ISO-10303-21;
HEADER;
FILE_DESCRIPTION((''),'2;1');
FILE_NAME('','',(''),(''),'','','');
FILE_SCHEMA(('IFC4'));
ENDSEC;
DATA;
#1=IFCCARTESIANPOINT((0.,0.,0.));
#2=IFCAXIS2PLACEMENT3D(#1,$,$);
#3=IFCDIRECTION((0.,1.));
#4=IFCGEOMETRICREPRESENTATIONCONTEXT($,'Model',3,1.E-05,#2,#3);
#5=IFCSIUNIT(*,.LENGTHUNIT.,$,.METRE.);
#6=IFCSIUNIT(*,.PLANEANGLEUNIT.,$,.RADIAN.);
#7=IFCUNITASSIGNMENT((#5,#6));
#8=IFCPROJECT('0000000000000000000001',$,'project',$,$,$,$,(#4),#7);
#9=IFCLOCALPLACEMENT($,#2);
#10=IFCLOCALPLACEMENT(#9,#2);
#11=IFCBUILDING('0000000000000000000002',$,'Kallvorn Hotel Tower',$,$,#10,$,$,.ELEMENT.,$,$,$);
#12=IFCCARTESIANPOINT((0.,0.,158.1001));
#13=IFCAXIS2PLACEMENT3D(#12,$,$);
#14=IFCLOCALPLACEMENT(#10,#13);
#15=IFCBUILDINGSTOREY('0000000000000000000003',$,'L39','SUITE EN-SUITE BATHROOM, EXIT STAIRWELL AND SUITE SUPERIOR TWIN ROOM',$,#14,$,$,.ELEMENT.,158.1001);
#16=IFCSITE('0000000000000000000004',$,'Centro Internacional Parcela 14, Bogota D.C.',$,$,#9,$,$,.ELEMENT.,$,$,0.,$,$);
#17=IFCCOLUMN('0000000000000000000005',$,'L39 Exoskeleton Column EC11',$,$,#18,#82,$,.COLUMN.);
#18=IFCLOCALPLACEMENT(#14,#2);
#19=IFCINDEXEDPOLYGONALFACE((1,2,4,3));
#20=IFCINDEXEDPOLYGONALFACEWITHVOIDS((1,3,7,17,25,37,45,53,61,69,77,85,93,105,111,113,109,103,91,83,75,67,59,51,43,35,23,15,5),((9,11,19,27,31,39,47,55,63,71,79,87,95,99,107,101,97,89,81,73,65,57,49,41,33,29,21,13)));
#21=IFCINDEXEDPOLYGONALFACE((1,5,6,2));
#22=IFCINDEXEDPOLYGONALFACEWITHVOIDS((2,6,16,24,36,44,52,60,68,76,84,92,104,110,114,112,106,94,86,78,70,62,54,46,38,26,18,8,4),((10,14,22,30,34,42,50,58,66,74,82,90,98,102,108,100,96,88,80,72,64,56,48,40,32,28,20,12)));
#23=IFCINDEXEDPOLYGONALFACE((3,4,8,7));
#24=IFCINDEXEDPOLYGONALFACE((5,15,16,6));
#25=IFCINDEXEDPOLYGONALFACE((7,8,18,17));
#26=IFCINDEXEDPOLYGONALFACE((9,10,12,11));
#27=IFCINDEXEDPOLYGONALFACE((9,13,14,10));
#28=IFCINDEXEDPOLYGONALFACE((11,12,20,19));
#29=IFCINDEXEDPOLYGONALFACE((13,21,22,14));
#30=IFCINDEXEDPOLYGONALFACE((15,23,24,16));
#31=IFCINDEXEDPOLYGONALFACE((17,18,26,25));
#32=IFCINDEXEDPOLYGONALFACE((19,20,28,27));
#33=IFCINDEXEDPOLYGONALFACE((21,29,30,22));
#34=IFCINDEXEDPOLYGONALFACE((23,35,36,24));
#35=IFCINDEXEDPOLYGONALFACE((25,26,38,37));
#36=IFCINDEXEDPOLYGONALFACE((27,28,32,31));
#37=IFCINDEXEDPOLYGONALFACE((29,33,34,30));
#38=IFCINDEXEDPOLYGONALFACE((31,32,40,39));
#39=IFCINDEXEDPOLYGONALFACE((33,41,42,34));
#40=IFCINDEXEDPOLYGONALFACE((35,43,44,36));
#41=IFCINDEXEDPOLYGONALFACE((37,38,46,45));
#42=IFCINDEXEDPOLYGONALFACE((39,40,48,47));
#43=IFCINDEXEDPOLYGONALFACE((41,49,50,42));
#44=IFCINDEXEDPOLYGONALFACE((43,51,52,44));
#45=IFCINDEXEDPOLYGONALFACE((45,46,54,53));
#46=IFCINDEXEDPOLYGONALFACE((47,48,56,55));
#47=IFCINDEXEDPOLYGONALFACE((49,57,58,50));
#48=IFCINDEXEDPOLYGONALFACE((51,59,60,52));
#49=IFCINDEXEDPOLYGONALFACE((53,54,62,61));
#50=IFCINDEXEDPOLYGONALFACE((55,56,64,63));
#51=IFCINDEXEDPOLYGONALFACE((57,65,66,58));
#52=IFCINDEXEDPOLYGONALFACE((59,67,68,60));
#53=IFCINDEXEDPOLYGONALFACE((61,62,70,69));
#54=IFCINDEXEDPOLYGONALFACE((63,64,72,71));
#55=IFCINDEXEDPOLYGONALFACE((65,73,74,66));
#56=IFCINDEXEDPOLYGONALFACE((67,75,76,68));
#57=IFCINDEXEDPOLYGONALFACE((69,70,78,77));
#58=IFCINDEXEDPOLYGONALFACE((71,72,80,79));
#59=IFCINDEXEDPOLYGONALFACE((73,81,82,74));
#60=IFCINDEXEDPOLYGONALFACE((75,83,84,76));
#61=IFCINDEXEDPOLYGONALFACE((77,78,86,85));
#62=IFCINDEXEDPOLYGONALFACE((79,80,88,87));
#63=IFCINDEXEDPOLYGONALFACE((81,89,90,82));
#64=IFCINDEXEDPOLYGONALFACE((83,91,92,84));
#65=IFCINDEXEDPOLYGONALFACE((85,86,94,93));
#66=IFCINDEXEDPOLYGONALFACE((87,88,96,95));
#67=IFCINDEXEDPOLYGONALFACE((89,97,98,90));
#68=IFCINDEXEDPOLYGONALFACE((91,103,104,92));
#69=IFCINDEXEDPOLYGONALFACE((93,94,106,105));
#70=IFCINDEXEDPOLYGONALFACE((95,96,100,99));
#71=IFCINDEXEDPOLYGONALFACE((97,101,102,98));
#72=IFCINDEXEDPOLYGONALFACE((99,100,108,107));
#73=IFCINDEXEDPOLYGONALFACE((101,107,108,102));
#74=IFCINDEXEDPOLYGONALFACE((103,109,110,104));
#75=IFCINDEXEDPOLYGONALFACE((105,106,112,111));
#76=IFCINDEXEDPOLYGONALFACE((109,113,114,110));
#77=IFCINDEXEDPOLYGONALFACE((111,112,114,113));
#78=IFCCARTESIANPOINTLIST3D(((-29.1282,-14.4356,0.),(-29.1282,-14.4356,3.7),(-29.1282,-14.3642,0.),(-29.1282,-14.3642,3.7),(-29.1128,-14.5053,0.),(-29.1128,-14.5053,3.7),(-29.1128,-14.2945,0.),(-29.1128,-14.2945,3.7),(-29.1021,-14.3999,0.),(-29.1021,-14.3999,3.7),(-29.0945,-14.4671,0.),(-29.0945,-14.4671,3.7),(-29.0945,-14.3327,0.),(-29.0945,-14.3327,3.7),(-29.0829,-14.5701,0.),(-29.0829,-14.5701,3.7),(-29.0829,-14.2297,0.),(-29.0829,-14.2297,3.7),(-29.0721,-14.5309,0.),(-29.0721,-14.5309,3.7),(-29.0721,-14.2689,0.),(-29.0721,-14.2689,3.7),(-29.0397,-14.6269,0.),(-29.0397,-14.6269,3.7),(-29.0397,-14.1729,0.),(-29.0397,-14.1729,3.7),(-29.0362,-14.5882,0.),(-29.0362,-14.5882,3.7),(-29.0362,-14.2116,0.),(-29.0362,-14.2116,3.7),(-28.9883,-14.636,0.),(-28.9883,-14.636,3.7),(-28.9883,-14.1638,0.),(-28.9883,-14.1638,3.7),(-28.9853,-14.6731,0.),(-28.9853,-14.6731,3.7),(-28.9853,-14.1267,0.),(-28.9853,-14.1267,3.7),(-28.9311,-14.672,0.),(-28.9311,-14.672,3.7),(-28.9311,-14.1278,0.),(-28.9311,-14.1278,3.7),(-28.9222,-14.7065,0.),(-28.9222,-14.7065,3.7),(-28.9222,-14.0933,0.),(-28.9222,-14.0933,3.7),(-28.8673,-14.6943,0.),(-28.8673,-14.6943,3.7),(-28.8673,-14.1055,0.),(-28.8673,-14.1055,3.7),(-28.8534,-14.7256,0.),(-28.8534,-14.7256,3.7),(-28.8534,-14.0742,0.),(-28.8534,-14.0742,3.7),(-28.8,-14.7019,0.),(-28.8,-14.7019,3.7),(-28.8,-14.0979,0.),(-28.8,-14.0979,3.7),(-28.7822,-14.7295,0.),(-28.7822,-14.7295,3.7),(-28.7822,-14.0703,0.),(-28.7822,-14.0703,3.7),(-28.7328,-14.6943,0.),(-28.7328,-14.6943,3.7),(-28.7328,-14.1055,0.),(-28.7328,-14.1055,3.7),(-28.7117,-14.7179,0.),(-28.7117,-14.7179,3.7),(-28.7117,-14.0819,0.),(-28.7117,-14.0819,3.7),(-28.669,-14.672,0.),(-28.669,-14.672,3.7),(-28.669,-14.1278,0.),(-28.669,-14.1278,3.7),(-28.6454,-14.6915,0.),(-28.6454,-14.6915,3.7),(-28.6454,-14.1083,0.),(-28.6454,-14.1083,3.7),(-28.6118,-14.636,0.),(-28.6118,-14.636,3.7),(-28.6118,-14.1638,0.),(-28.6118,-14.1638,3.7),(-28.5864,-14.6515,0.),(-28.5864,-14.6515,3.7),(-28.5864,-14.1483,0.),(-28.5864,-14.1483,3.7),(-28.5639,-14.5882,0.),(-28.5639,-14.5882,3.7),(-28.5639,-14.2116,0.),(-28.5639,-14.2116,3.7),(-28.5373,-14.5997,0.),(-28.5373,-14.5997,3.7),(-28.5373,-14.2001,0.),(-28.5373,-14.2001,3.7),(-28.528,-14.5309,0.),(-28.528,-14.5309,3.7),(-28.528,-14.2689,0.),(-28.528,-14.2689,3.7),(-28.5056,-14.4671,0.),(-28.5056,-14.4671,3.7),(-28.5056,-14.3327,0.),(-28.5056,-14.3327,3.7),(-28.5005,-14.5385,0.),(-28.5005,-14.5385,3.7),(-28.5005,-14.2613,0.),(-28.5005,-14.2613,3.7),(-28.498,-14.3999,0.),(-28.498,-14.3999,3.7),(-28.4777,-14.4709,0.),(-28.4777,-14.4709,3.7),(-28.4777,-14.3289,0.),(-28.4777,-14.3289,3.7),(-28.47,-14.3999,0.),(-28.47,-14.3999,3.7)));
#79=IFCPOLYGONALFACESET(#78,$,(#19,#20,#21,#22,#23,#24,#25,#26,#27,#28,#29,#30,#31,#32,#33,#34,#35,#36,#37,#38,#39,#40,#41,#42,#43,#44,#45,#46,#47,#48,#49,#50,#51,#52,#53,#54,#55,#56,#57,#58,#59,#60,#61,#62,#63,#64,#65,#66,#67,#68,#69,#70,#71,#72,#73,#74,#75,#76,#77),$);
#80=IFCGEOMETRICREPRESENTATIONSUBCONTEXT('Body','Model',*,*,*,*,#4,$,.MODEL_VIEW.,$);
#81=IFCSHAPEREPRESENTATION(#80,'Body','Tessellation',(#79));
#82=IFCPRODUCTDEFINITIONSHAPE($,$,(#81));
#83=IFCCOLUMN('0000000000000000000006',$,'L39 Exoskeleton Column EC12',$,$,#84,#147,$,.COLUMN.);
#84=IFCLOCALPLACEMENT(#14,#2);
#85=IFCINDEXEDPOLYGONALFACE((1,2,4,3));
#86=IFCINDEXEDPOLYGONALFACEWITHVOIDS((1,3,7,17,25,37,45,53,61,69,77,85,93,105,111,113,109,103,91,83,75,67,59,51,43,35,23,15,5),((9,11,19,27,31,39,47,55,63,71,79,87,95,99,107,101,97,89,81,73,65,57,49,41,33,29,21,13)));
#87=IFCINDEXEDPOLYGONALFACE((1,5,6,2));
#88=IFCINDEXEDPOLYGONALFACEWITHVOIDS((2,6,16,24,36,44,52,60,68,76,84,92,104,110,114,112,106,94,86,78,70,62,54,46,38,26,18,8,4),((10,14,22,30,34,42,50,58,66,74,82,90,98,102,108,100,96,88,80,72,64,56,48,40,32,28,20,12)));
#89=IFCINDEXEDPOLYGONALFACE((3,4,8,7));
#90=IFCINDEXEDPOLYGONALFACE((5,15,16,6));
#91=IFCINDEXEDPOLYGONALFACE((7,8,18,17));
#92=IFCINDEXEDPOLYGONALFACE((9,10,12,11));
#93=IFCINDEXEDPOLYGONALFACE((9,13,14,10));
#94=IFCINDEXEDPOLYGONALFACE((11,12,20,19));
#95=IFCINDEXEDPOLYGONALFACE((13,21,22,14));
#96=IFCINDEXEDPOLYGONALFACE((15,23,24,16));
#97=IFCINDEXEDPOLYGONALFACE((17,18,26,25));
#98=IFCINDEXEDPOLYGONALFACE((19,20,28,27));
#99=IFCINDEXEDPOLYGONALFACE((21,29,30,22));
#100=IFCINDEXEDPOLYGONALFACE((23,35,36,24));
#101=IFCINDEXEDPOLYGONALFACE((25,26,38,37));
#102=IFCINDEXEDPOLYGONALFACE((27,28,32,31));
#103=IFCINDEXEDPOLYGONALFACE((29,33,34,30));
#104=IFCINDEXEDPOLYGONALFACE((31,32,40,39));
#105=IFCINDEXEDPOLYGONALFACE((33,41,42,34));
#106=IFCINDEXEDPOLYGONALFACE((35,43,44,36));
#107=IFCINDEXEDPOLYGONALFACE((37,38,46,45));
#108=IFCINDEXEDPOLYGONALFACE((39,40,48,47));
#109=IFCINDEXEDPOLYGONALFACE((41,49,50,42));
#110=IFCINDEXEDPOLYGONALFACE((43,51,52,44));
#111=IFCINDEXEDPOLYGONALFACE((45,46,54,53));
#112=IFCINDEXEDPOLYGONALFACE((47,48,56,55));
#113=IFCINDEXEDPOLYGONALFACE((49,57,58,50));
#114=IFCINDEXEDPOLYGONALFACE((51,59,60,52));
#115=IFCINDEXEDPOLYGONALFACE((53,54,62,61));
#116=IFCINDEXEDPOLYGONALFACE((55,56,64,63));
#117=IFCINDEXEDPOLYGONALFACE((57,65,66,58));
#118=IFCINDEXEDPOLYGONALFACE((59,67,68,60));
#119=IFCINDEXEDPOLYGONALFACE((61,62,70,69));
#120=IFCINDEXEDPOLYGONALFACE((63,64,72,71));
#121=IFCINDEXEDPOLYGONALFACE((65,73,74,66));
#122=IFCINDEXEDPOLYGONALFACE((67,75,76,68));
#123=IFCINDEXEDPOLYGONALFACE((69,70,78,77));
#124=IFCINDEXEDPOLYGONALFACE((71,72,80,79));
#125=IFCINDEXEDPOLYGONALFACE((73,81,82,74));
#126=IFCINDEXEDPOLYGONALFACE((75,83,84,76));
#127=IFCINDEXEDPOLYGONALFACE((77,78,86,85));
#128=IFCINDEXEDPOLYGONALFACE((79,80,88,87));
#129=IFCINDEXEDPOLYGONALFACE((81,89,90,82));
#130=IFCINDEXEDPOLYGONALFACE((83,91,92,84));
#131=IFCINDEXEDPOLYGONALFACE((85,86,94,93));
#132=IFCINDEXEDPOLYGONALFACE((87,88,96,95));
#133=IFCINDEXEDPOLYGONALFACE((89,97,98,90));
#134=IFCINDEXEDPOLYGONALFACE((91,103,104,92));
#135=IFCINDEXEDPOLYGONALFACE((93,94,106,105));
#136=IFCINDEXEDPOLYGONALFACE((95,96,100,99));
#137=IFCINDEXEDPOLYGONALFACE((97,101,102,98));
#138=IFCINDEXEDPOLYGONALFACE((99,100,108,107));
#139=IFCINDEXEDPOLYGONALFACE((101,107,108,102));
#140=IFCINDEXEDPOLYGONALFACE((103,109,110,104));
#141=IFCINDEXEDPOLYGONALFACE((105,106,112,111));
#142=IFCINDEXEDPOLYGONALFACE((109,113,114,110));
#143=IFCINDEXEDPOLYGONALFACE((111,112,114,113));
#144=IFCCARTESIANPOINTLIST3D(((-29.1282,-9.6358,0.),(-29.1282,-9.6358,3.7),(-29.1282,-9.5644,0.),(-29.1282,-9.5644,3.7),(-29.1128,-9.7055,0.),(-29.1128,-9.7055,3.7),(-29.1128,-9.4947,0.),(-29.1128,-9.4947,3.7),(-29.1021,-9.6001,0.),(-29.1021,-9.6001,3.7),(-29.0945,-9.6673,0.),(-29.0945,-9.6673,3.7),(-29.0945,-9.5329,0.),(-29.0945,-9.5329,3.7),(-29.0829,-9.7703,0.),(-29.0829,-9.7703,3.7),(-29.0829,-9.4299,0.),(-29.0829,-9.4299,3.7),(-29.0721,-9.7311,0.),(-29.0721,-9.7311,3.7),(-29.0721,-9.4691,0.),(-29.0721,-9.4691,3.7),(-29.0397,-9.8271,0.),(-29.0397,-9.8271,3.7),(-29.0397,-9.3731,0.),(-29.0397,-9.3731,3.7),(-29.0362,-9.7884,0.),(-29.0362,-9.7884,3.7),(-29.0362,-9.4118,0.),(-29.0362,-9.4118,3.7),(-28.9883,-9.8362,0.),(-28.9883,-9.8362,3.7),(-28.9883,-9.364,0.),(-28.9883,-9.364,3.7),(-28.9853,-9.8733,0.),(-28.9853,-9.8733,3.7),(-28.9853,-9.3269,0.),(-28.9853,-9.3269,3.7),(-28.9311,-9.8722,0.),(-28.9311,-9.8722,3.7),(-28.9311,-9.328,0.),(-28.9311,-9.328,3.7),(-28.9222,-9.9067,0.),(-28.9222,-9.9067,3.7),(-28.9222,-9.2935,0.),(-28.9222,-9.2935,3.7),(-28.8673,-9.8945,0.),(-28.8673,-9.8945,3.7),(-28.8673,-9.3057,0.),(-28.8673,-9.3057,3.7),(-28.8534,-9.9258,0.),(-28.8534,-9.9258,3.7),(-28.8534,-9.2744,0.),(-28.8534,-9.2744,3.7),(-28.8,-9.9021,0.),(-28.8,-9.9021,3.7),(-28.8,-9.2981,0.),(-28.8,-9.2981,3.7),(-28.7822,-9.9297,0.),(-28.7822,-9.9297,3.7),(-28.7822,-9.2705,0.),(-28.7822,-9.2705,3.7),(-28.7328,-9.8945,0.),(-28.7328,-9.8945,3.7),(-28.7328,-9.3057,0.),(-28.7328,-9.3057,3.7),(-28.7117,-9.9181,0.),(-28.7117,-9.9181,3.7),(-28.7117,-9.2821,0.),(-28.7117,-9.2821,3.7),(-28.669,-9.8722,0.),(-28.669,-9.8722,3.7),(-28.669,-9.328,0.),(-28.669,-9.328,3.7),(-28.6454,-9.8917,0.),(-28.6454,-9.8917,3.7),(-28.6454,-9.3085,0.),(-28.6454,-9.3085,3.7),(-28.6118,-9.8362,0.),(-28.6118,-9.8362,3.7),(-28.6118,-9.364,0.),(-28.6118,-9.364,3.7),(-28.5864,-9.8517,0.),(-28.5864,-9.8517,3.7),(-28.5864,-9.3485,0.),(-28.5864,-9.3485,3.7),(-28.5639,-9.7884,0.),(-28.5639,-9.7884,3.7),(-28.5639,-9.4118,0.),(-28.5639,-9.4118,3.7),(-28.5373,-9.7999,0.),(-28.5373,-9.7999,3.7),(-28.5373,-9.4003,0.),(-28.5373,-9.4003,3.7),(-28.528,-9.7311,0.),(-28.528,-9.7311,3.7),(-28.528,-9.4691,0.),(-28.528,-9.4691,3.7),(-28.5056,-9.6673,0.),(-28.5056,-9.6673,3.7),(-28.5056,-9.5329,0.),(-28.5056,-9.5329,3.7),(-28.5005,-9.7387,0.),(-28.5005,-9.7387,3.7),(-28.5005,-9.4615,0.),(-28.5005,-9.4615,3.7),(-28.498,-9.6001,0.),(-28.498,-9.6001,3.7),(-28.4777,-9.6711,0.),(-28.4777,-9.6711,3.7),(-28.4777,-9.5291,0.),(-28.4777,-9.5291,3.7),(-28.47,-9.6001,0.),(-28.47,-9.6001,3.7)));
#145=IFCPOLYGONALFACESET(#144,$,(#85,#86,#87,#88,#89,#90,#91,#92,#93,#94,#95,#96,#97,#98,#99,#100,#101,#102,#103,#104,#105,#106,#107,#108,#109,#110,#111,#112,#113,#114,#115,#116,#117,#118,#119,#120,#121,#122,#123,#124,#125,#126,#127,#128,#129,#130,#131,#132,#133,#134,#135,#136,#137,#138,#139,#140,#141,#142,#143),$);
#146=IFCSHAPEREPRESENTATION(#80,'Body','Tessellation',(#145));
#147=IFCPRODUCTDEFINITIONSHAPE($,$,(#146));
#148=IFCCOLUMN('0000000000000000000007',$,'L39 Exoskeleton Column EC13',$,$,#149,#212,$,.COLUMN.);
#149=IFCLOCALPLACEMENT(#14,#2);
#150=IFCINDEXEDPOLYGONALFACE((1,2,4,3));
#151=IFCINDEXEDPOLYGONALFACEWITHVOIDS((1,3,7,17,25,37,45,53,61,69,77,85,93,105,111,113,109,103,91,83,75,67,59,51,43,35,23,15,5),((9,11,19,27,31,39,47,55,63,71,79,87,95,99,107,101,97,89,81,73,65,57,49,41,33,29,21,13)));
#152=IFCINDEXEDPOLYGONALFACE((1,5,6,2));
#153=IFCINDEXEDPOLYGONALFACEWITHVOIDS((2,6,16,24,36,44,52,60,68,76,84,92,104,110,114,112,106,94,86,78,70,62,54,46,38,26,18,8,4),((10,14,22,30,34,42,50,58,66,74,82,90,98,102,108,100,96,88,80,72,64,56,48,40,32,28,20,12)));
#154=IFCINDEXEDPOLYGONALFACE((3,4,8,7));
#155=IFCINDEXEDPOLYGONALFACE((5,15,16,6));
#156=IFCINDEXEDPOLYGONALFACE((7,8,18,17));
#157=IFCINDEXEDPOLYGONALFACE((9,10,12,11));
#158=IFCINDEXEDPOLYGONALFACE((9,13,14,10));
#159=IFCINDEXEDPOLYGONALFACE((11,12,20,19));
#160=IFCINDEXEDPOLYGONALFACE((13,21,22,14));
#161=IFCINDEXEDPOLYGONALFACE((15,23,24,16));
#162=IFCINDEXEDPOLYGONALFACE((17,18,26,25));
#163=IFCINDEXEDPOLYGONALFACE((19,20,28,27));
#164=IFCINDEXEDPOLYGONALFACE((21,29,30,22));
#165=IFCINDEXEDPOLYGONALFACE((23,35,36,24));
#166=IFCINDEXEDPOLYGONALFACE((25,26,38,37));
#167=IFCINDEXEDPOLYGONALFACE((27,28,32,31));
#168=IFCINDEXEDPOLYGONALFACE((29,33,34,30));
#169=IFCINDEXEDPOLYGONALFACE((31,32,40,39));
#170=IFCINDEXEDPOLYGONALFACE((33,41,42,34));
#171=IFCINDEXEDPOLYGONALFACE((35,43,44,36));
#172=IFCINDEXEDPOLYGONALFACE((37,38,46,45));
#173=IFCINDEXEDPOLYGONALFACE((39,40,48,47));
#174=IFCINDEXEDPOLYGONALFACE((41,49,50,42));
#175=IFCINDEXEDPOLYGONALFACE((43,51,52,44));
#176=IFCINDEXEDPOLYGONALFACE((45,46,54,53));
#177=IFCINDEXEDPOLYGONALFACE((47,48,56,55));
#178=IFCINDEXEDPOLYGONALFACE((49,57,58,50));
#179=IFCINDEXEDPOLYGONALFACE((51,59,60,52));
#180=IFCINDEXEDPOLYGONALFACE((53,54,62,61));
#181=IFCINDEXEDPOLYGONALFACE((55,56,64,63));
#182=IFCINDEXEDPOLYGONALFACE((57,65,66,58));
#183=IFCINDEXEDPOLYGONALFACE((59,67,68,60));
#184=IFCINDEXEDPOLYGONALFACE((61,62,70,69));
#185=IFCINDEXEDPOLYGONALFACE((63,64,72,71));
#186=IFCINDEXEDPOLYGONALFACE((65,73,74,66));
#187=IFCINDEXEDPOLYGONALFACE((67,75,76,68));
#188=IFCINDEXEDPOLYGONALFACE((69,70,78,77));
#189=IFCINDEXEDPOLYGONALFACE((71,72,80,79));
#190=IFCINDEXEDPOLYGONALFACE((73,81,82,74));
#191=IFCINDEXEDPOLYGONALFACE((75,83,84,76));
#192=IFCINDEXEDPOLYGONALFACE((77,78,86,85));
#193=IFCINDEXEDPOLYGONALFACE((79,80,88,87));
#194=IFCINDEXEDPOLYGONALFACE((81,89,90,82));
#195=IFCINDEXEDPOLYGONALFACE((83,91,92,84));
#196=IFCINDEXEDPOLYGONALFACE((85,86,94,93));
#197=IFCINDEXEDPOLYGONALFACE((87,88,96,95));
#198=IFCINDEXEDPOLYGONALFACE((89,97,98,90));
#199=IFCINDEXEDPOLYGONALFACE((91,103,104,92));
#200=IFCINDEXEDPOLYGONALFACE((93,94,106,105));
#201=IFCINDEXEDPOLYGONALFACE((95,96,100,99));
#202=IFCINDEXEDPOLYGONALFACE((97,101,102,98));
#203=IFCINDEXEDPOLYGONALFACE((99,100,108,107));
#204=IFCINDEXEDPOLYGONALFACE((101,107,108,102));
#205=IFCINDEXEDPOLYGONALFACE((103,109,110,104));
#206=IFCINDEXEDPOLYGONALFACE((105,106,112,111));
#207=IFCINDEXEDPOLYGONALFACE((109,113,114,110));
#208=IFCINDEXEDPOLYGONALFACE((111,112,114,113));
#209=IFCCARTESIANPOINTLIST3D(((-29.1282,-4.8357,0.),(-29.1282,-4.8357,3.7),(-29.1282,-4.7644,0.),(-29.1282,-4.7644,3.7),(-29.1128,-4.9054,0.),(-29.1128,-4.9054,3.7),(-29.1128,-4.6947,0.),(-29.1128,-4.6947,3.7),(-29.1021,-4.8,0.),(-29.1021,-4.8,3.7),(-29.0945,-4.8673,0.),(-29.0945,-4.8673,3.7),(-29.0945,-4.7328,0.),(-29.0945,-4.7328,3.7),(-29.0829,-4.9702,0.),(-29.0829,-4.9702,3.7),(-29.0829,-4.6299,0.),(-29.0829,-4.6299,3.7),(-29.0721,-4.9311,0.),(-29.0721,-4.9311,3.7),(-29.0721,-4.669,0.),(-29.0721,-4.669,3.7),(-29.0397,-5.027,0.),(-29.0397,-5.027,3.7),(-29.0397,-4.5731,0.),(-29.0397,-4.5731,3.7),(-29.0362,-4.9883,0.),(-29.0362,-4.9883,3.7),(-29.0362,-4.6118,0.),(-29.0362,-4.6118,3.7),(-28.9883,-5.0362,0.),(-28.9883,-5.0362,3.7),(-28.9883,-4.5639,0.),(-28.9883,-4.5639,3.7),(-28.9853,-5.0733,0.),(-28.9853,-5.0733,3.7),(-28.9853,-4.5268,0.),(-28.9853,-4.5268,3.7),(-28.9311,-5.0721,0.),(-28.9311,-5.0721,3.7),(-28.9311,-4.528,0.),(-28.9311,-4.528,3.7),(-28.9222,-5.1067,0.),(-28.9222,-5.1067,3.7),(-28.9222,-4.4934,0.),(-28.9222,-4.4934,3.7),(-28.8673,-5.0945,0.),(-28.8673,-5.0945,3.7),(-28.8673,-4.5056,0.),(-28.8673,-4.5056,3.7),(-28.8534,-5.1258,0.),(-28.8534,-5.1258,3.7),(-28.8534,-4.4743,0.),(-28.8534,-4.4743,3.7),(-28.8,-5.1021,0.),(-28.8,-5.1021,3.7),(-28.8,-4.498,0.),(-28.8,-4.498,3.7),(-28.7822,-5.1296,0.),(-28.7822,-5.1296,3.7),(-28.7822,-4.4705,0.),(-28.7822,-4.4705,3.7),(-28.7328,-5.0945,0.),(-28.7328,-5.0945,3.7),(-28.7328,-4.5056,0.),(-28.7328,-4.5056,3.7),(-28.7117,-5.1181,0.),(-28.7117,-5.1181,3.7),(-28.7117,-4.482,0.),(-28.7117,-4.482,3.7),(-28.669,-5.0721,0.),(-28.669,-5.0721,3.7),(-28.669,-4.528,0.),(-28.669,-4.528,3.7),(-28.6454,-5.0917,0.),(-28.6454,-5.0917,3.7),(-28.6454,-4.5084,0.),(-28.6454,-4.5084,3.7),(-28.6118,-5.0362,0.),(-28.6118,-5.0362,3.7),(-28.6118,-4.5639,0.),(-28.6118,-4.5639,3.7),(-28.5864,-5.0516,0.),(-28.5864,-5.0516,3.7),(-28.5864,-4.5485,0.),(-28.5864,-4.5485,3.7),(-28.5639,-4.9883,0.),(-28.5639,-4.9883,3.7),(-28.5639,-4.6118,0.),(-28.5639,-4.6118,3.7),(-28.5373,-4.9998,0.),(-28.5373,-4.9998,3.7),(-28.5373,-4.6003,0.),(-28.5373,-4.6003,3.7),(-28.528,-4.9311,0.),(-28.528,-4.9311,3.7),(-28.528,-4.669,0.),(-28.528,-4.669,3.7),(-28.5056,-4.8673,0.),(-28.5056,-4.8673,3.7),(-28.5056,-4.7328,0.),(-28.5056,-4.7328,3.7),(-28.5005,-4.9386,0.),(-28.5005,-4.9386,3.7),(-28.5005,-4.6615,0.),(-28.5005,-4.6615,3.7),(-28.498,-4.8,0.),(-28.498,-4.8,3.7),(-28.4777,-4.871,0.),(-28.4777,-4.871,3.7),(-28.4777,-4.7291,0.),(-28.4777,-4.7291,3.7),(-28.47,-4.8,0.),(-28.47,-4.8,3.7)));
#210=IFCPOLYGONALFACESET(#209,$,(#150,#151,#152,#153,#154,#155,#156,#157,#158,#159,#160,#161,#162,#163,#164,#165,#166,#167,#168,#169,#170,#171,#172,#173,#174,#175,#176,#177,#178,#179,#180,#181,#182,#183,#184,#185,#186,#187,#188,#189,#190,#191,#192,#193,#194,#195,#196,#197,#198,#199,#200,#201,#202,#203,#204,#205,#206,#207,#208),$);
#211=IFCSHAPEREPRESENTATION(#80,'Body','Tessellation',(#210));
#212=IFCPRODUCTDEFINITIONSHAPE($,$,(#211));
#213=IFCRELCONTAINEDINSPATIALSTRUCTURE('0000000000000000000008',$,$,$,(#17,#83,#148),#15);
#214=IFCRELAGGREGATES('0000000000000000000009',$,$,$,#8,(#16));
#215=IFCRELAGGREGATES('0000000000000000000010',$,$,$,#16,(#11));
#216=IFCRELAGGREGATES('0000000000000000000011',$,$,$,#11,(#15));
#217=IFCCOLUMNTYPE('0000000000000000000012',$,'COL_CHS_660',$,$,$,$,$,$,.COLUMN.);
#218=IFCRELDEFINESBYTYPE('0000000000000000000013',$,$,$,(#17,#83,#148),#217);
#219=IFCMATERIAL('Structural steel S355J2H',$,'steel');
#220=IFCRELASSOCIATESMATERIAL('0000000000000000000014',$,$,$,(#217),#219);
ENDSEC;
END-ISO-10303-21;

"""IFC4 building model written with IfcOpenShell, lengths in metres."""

from ifc_helpers import new_model, si_unit, direction, frame, origin, origin_2d, place, context, subcontext, project, spatial, hollow_circle, extrude, material, material_profile, profile_set, type_object, element, save


model = new_model("IFC4")

# Units and contexts
model_context = context("Model", 3, precision=1e-05, world=origin(), true_north=direction((0.0, 1.0)))
body_context = subcontext(model_context, "Body", "Model", "MODEL_VIEW")
ifc_project = project(units=[si_unit("LENGTHUNIT", "METRE"), si_unit("PLANEANGLEUNIT", "RADIAN")], contexts=[model_context])

# Site, building, storey
site_placement = place(None, origin())
site = spatial("IfcSite", under=ifc_project, at=site_placement, Name="Centro Internacional Parcela 14, Bogota D.C.", CompositionType="ELEMENT", RefElevation=0.0)
building_placement = place(site_placement, origin())
building = spatial("IfcBuilding", under=site, at=building_placement, Name="Kallvorn Hotel Tower", CompositionType="ELEMENT")
storey_placement = place(building_placement, frame((0.0, 0.0, 158.1001)))
storey = spatial("IfcBuildingStorey", under=building, at=storey_placement, Name="L39", Description="SUITE EN-SUITE BATHROOM, EXIT STAIRWELL AND SUITE SUPERIOR TWIN ROOM", CompositionType="ELEMENT", Elevation=158.1001)

# Columns
ifc_material_1 = material(Name="Structural steel S355J2H", Category="steel")
ifc_material_profile_1 = material_profile(ifc_material_1, hollow_circle(Radius=0.3301, WallThickness=0.0281, at=origin_2d()), Name="CHS 660x28")
ifc_profile_set_1 = profile_set([ifc_material_profile_1], Name="Structural steel S355J2H")
column_type_1 = type_object("IfcColumnType", Name="COL_CHS_660", PredefinedType="COLUMN", material=ifc_profile_set_1)
for number, where, z_axis, x_axis, name in (
    (1, (-28.8, -14.3999, 0.0), (0.0, 0.0, 1.0), (1.0, 0.0, 0.0), "L39 Exoskeleton Column EC11"),
    (2, (-28.8, -9.6001, 0.0), (0.0, 0.0, 1.0), (1.0, 0.0, 0.0), "L39 Exoskeleton Column EC12"),
    (3, (-28.8, -4.8, 0.0), (0.0, 0.0, 1.0), (1.0, 0.0, 0.0), "L39 Exoskeleton Column EC13"),
):
    element("IfcColumn", number, at=place(storey_placement, frame(where, z_axis=z_axis, x_axis=x_axis)), inside=storey, type_object=column_type_1, Name=name, PredefinedType="COLUMN", context=body_context, shape_type="SweptSolid", body=[
        extrude(hollow_circle(Radius=0.3301, WallThickness=0.0281, at=origin_2d()), origin(), (0.0, 0.0, 1.0), 3.7),
    ])

save(model, "model.ifc")
